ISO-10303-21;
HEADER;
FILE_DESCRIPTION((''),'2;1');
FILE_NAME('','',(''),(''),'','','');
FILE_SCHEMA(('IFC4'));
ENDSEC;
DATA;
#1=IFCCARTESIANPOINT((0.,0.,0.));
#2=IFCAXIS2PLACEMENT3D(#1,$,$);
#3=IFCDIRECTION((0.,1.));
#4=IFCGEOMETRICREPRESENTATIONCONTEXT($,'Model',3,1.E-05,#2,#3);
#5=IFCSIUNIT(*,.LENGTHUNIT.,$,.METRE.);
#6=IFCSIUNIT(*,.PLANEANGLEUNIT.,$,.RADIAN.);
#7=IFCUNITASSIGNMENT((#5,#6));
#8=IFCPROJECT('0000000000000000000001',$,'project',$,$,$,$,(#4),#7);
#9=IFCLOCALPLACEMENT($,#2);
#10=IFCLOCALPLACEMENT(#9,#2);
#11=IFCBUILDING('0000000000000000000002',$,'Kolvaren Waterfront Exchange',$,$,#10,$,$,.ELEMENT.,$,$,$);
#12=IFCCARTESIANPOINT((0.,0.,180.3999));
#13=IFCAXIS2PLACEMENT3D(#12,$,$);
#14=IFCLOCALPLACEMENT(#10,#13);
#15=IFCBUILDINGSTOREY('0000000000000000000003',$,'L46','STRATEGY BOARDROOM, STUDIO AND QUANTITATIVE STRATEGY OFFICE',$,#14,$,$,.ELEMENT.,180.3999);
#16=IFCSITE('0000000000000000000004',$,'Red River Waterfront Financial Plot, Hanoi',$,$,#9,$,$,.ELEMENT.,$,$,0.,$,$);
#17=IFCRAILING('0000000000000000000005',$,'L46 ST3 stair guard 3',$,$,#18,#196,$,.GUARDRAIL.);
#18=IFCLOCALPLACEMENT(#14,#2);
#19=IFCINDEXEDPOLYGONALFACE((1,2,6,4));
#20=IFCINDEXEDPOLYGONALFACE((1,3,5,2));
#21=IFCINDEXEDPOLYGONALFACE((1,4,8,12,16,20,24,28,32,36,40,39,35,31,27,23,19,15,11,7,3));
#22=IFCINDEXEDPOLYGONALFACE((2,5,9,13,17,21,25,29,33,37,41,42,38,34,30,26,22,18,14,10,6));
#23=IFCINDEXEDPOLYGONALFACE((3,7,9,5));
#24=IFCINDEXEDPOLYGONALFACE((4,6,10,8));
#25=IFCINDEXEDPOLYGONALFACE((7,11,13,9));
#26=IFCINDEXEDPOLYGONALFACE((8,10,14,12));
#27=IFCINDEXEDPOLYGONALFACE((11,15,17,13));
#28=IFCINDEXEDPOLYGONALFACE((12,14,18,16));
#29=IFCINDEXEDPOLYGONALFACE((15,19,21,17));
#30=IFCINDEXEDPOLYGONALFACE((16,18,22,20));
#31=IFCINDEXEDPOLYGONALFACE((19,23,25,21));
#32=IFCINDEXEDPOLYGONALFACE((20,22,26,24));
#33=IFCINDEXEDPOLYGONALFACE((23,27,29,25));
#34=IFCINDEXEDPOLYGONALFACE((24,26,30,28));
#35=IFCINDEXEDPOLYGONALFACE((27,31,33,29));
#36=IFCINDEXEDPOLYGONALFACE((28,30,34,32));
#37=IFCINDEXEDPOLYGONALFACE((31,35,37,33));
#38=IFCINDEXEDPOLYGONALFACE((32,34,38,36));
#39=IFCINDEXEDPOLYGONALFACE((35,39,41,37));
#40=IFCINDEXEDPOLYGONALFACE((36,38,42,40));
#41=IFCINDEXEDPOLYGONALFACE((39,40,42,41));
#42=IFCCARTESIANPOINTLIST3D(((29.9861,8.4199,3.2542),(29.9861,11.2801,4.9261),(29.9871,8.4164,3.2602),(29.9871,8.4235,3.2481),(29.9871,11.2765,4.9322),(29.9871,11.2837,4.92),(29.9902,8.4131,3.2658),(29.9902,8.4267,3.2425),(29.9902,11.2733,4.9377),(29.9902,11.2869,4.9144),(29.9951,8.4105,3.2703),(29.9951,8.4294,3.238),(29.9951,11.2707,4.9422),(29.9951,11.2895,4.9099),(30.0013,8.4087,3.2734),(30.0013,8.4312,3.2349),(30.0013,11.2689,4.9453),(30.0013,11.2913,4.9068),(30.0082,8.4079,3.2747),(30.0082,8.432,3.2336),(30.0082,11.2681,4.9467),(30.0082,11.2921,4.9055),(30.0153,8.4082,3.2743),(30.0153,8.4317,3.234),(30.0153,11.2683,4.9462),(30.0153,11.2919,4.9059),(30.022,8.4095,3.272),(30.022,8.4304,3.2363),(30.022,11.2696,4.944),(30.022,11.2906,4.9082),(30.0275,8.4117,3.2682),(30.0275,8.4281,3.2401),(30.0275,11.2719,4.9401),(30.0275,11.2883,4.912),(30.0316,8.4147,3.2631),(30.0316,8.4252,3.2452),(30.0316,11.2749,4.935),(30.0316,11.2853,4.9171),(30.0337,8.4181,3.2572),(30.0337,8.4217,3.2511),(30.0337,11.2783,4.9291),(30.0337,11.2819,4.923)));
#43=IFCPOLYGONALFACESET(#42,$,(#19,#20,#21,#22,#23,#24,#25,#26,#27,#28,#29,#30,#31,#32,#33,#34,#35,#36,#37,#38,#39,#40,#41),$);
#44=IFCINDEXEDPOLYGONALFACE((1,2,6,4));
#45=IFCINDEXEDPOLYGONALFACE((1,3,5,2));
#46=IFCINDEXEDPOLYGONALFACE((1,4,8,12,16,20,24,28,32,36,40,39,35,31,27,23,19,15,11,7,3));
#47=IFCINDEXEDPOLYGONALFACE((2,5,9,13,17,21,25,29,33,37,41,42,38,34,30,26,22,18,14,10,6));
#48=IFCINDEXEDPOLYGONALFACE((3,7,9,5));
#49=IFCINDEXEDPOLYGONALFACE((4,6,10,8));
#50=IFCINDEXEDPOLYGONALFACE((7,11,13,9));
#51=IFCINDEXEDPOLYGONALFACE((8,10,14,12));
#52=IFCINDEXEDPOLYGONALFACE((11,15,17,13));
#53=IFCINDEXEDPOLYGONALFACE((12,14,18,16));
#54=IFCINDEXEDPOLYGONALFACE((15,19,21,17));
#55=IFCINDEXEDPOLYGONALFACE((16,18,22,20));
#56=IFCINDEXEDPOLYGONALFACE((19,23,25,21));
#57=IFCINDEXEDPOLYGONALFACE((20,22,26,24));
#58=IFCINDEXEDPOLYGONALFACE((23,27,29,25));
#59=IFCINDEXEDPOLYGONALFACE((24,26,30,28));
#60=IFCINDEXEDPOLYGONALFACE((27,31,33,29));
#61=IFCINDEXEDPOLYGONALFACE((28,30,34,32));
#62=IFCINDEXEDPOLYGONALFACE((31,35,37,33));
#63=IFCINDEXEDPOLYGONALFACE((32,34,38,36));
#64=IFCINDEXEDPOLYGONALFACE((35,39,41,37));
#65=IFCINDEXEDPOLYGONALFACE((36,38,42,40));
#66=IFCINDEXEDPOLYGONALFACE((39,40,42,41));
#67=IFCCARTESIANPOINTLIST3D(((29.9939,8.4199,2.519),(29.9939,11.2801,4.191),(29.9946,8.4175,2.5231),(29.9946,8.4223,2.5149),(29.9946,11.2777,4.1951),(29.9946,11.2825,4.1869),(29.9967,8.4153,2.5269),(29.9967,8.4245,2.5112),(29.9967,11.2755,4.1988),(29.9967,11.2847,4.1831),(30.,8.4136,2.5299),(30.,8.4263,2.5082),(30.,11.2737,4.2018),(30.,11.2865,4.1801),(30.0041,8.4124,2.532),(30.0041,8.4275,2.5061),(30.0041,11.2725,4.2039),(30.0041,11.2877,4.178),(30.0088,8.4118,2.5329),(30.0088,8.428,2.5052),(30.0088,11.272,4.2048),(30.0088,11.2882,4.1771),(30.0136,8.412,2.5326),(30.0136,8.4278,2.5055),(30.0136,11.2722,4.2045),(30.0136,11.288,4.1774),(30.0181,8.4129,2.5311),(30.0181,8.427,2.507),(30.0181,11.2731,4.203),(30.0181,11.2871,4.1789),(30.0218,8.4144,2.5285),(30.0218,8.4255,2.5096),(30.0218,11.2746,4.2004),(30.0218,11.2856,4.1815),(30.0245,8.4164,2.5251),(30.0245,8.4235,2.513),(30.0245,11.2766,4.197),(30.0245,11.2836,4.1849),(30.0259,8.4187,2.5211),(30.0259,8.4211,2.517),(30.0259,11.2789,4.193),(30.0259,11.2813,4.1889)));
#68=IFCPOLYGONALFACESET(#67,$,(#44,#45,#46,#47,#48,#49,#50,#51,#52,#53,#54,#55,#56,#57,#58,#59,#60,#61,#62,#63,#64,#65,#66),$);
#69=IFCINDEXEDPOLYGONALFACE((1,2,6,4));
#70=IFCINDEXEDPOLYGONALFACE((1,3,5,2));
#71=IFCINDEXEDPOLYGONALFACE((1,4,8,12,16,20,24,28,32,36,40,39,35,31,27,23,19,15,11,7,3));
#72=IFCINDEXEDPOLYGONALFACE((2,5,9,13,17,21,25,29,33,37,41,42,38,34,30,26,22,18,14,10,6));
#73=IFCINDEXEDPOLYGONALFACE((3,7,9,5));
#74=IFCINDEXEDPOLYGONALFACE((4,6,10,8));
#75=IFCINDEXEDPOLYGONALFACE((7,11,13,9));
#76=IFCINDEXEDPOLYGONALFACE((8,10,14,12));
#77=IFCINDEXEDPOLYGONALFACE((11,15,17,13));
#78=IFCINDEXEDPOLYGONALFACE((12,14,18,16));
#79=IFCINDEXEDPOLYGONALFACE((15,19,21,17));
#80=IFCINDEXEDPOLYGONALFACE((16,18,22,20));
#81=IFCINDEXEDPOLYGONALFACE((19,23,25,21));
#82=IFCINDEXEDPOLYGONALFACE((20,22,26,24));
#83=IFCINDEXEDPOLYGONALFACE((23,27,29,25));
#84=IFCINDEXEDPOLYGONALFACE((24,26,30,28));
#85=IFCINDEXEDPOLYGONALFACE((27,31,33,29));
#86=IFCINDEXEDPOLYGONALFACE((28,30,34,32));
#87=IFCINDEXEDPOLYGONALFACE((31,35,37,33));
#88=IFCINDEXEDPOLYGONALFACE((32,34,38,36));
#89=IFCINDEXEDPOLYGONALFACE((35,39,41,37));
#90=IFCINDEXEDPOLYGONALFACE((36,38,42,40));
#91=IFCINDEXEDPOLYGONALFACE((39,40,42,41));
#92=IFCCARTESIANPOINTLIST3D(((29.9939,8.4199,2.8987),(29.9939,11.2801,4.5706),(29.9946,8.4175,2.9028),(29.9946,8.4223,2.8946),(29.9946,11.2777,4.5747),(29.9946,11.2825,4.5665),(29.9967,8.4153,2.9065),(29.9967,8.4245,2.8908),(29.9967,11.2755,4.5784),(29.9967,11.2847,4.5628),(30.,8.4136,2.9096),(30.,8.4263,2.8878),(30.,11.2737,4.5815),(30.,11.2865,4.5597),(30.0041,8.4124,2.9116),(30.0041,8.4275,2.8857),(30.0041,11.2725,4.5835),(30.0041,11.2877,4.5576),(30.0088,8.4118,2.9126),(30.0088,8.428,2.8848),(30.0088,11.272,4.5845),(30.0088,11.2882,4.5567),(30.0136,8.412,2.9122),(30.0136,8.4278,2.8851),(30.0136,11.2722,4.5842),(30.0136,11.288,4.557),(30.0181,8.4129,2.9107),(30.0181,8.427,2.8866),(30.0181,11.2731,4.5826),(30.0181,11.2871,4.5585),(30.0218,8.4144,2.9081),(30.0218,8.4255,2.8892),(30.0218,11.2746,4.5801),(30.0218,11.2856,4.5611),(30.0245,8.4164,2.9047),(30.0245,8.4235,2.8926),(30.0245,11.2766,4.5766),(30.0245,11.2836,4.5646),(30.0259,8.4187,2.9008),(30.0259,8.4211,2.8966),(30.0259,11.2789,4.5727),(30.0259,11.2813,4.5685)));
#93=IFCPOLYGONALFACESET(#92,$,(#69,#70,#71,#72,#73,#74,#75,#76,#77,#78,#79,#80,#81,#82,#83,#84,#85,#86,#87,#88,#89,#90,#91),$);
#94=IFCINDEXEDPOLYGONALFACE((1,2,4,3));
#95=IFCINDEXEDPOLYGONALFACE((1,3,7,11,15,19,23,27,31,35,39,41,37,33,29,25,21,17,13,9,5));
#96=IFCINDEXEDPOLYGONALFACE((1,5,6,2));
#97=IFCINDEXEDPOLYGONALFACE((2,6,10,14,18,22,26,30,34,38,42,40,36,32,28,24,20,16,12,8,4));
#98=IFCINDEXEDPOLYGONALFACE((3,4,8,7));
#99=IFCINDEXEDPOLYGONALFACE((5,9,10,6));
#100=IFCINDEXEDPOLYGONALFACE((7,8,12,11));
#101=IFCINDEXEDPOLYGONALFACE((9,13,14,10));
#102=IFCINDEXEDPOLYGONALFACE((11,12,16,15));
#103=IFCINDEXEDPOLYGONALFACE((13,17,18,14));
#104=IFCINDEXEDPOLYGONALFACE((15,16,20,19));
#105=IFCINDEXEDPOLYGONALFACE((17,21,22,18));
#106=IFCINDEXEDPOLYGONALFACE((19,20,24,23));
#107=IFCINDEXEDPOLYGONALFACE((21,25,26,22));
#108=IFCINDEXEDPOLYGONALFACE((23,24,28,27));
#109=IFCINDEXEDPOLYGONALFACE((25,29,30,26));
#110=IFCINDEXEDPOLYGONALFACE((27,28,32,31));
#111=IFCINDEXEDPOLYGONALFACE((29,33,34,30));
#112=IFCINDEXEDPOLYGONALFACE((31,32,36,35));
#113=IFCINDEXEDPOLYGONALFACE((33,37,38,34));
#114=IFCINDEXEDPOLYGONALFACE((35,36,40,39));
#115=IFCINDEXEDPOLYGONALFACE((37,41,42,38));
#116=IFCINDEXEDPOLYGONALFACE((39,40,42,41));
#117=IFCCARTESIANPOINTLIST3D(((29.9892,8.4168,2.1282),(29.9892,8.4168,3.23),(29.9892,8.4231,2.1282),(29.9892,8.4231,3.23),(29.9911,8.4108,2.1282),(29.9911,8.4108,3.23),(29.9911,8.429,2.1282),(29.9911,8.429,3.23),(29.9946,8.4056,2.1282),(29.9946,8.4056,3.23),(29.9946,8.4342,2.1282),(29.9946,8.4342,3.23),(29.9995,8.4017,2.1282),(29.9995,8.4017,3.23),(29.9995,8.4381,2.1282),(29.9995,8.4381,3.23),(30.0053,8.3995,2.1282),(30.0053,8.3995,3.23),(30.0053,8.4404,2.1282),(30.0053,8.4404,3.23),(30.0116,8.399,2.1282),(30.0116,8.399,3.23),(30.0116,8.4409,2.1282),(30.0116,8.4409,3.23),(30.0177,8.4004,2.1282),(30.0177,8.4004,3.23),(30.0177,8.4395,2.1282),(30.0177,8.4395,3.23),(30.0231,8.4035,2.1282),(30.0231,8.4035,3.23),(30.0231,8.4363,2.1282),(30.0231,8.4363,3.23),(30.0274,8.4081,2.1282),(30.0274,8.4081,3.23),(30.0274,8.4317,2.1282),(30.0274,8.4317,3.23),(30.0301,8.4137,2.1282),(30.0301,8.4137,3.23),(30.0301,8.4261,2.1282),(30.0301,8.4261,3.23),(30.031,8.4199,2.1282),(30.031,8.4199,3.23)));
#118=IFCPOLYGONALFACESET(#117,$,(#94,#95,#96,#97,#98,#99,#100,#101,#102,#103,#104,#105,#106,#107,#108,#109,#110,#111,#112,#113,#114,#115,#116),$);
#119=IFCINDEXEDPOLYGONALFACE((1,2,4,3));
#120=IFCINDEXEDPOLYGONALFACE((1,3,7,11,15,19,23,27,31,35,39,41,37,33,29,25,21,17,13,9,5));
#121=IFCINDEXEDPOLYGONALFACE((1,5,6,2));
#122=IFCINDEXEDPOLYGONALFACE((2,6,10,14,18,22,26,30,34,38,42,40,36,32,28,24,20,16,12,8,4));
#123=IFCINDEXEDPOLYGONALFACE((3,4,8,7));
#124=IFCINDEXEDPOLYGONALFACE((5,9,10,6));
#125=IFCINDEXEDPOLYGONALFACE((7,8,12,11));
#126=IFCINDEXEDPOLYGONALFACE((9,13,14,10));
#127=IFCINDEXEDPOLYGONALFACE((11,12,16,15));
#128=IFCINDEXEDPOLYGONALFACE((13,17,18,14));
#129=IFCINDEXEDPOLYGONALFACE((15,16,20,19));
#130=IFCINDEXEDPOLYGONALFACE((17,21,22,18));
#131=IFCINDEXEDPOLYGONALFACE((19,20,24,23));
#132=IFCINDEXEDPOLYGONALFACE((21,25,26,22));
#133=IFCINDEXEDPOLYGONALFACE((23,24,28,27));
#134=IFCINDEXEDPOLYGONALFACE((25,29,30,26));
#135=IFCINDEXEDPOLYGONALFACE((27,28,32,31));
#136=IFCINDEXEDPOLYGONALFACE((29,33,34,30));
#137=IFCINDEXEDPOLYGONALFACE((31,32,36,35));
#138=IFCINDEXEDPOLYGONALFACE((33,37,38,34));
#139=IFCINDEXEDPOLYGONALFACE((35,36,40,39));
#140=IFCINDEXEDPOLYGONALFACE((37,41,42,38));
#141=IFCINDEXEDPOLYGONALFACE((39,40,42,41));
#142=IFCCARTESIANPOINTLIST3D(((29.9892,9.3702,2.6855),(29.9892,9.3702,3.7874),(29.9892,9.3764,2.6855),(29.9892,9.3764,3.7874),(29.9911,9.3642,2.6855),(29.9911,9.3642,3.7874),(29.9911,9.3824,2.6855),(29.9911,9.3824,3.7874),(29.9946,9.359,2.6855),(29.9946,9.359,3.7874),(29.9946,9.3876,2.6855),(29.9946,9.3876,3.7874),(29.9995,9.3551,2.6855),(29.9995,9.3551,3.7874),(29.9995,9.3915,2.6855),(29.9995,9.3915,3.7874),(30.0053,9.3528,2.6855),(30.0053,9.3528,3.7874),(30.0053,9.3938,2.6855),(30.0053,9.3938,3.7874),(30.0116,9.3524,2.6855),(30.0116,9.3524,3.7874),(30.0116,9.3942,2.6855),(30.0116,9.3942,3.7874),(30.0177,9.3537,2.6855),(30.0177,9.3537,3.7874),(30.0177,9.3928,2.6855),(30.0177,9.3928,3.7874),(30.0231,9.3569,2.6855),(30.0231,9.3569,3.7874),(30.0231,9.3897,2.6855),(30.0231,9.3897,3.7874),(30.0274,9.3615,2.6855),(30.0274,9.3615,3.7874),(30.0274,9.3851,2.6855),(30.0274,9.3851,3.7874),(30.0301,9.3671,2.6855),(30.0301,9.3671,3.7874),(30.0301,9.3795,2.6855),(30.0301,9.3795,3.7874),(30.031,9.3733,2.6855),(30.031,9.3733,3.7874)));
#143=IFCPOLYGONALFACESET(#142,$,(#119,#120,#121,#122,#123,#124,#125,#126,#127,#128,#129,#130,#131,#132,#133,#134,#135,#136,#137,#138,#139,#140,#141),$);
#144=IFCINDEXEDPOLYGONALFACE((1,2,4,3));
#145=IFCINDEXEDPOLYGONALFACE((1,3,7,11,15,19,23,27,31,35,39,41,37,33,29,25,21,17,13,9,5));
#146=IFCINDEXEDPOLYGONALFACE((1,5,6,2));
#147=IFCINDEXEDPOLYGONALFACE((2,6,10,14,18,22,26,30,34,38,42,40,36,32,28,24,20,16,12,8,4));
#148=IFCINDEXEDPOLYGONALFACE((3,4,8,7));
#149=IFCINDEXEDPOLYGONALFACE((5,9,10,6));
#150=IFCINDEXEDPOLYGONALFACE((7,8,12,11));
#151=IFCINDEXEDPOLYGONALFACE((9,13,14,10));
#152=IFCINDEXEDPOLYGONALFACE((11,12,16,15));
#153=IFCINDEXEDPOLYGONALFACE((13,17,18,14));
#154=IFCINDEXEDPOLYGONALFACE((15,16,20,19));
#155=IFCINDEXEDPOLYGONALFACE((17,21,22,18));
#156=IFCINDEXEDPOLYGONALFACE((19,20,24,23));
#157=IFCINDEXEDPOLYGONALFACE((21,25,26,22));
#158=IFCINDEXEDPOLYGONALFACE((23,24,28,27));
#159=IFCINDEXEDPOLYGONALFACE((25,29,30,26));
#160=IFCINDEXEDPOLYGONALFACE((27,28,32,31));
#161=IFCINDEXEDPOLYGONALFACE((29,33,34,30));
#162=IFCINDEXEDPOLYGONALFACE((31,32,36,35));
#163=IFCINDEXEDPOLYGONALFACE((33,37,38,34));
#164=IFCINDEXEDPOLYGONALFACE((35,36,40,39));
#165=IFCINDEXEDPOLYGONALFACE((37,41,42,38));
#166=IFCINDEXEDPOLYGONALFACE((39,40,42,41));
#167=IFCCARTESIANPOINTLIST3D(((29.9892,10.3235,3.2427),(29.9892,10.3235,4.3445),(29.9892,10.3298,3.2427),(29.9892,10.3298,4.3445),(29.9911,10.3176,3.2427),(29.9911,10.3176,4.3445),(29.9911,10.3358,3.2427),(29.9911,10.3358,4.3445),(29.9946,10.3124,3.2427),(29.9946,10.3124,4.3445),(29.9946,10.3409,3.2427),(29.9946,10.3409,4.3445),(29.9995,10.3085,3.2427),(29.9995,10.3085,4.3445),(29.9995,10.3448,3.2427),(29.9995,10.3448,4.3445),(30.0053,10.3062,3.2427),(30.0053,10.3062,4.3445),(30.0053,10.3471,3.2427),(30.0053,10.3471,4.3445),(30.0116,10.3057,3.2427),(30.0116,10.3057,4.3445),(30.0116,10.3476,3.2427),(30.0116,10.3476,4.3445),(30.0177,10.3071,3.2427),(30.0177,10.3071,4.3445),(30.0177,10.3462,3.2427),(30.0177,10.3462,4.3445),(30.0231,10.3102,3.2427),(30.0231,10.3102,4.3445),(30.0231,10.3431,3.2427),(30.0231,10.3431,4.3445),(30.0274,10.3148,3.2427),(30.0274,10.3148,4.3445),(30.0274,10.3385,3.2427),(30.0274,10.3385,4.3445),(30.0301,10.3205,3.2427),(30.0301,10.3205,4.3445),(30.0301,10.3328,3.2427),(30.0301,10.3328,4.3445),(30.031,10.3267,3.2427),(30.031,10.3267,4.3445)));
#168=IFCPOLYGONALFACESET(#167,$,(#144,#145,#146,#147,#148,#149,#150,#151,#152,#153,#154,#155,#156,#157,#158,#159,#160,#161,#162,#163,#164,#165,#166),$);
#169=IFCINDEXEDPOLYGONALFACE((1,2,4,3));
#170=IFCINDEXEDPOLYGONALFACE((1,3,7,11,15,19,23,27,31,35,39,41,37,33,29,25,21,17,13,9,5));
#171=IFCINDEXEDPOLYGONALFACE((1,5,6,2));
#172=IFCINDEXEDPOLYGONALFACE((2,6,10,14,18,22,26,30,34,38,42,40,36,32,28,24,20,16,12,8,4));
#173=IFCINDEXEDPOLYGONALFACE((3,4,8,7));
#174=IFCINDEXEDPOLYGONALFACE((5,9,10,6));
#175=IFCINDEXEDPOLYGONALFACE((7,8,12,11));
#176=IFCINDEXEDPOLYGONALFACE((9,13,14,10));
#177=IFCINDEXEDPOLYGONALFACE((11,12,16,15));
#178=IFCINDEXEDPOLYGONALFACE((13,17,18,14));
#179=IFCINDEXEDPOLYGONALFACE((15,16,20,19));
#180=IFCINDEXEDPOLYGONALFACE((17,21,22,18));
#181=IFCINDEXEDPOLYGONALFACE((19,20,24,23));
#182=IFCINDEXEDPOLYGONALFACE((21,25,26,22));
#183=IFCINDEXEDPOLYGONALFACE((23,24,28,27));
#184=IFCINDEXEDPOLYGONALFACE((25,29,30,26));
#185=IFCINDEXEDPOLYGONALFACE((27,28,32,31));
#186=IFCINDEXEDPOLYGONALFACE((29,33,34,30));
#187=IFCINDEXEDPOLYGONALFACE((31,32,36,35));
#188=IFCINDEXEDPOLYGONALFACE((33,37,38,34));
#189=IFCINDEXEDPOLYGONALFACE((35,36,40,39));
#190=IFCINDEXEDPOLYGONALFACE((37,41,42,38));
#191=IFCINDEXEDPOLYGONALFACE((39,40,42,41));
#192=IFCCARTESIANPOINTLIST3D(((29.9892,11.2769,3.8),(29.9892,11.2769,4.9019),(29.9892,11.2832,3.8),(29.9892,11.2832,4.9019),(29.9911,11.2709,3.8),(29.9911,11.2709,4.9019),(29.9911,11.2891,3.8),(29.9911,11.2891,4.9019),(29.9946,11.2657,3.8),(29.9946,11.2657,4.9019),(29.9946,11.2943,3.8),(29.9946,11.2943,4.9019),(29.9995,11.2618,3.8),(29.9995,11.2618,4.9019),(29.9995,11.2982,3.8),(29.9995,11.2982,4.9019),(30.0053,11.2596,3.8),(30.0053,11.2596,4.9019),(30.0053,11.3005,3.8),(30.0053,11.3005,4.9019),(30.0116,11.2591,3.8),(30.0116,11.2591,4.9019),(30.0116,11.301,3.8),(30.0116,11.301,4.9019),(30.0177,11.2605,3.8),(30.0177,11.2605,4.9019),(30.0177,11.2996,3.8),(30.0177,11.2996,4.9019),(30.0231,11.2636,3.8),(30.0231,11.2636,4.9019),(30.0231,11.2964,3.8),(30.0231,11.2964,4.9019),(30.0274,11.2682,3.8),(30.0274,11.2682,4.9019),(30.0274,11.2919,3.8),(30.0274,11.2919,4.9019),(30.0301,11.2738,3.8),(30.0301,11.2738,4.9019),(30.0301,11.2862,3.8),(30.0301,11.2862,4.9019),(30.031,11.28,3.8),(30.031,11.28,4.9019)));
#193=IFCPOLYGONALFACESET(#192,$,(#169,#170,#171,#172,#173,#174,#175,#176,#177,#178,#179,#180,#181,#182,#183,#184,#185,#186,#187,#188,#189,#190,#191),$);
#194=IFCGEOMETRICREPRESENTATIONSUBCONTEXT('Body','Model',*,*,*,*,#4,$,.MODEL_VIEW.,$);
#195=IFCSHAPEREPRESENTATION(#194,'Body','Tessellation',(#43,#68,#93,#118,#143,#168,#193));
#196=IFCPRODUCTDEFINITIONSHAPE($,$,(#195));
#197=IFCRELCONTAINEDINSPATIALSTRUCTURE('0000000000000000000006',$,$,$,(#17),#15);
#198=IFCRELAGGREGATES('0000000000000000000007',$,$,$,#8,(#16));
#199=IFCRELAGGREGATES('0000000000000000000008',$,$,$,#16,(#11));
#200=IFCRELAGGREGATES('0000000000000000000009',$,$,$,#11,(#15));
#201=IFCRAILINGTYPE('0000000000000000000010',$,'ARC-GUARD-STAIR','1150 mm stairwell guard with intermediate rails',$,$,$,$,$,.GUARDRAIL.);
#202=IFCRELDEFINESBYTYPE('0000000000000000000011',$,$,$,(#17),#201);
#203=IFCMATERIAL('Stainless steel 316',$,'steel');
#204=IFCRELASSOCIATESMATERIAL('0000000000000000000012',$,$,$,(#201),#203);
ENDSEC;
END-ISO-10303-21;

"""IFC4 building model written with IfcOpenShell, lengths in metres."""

from ifc_helpers import new_model, si_unit, direction, frame, origin, origin_2d, place, context, subcontext, project, spatial, circle, extrude, material, type_object, element, save


model = new_model("IFC4")

# Units and contexts
model_context = context("Model", 3, precision=1e-05, world=origin(), true_north=direction((0.0, 1.0)))
body_context = subcontext(model_context, "Body", "Model", "MODEL_VIEW")
ifc_project = project(units=[si_unit("LENGTHUNIT", "METRE"), si_unit("PLANEANGLEUNIT", "RADIAN")], contexts=[model_context])

# Site, building, storey
site_placement = place(None, origin())
site = spatial("IfcSite", under=ifc_project, at=site_placement, Name="Red River Waterfront Financial Plot, Hanoi", CompositionType="ELEMENT", RefElevation=0.0)
building_placement = place(site_placement, origin())
building = spatial("IfcBuilding", under=site, at=building_placement, Name="Kolvaren Waterfront Exchange", CompositionType="ELEMENT")
storey_placement = place(building_placement, frame((0.0, 0.0, 180.3999)))
storey = spatial("IfcBuildingStorey", under=building, at=storey_placement, Name="L46", Description="STRATEGY BOARDROOM, STUDIO AND QUANTITATIVE STRATEGY OFFICE", CompositionType="ELEMENT", Elevation=180.3999)

# Railing
ifc_material_1 = material(Name="Stainless steel 316", Category="steel")
railing_type_1 = type_object("IfcRailingType", Name="ARC-GUARD-STAIR", Description="1150 mm stairwell guard with intermediate rails", PredefinedType="GUARDRAIL", material=ifc_material_1)
railing_1_placement = place(storey_placement, frame((30.01, 8.4199, 2.1282)))
element("IfcRailing", 1, at=railing_1_placement, inside=storey, type_object=railing_type_1, Name="L46 ST3 stair guard 3", PredefinedType="GUARDRAIL", context=body_context, shape_type="SweptSolid", body=[
    extrude(circle(Radius=0.0239, at=origin_2d()), frame((0.0, 0.0, 1.126), z_axis=(0.0, 0.863321, 0.504654), x_axis=(-1.0, 0.0, 0.0)), (0.0, 0.0, 1.0), 3.313),
    extrude(circle(Radius=0.0161, at=origin_2d()), frame((0.0, 0.0, 0.3909), z_axis=(0.0, 0.863321, 0.504654), x_axis=(-1.0, 0.0, 0.0)), (0.0, 0.0, 1.0), 3.313),
    extrude(circle(Radius=0.0161, at=origin_2d()), frame((0.0, 0.0, 0.7705), z_axis=(0.0, 0.863321, 0.504654), x_axis=(-1.0, 0.0, 0.0)), (0.0, 0.0, 1.0), 3.313),
    extrude(circle(Radius=0.021, at=origin_2d()), origin(), (0.0, 0.0, 1.0), 1.1018),
    extrude(circle(Radius=0.021, at=origin_2d()), frame((0.0, 0.9534, 0.5574)), (0.0, 0.0, 1.0), 1.1018),
    extrude(circle(Radius=0.021, at=origin_2d()), frame((0.0, 1.9067, 1.1145)), (0.0, 0.0, 1.0), 1.1018),
    extrude(circle(Radius=0.021, at=origin_2d()), frame((0.0, 2.8601, 1.6719)), (0.0, 0.0, 1.0), 1.1018),
])

save(model, "model.ifc")
